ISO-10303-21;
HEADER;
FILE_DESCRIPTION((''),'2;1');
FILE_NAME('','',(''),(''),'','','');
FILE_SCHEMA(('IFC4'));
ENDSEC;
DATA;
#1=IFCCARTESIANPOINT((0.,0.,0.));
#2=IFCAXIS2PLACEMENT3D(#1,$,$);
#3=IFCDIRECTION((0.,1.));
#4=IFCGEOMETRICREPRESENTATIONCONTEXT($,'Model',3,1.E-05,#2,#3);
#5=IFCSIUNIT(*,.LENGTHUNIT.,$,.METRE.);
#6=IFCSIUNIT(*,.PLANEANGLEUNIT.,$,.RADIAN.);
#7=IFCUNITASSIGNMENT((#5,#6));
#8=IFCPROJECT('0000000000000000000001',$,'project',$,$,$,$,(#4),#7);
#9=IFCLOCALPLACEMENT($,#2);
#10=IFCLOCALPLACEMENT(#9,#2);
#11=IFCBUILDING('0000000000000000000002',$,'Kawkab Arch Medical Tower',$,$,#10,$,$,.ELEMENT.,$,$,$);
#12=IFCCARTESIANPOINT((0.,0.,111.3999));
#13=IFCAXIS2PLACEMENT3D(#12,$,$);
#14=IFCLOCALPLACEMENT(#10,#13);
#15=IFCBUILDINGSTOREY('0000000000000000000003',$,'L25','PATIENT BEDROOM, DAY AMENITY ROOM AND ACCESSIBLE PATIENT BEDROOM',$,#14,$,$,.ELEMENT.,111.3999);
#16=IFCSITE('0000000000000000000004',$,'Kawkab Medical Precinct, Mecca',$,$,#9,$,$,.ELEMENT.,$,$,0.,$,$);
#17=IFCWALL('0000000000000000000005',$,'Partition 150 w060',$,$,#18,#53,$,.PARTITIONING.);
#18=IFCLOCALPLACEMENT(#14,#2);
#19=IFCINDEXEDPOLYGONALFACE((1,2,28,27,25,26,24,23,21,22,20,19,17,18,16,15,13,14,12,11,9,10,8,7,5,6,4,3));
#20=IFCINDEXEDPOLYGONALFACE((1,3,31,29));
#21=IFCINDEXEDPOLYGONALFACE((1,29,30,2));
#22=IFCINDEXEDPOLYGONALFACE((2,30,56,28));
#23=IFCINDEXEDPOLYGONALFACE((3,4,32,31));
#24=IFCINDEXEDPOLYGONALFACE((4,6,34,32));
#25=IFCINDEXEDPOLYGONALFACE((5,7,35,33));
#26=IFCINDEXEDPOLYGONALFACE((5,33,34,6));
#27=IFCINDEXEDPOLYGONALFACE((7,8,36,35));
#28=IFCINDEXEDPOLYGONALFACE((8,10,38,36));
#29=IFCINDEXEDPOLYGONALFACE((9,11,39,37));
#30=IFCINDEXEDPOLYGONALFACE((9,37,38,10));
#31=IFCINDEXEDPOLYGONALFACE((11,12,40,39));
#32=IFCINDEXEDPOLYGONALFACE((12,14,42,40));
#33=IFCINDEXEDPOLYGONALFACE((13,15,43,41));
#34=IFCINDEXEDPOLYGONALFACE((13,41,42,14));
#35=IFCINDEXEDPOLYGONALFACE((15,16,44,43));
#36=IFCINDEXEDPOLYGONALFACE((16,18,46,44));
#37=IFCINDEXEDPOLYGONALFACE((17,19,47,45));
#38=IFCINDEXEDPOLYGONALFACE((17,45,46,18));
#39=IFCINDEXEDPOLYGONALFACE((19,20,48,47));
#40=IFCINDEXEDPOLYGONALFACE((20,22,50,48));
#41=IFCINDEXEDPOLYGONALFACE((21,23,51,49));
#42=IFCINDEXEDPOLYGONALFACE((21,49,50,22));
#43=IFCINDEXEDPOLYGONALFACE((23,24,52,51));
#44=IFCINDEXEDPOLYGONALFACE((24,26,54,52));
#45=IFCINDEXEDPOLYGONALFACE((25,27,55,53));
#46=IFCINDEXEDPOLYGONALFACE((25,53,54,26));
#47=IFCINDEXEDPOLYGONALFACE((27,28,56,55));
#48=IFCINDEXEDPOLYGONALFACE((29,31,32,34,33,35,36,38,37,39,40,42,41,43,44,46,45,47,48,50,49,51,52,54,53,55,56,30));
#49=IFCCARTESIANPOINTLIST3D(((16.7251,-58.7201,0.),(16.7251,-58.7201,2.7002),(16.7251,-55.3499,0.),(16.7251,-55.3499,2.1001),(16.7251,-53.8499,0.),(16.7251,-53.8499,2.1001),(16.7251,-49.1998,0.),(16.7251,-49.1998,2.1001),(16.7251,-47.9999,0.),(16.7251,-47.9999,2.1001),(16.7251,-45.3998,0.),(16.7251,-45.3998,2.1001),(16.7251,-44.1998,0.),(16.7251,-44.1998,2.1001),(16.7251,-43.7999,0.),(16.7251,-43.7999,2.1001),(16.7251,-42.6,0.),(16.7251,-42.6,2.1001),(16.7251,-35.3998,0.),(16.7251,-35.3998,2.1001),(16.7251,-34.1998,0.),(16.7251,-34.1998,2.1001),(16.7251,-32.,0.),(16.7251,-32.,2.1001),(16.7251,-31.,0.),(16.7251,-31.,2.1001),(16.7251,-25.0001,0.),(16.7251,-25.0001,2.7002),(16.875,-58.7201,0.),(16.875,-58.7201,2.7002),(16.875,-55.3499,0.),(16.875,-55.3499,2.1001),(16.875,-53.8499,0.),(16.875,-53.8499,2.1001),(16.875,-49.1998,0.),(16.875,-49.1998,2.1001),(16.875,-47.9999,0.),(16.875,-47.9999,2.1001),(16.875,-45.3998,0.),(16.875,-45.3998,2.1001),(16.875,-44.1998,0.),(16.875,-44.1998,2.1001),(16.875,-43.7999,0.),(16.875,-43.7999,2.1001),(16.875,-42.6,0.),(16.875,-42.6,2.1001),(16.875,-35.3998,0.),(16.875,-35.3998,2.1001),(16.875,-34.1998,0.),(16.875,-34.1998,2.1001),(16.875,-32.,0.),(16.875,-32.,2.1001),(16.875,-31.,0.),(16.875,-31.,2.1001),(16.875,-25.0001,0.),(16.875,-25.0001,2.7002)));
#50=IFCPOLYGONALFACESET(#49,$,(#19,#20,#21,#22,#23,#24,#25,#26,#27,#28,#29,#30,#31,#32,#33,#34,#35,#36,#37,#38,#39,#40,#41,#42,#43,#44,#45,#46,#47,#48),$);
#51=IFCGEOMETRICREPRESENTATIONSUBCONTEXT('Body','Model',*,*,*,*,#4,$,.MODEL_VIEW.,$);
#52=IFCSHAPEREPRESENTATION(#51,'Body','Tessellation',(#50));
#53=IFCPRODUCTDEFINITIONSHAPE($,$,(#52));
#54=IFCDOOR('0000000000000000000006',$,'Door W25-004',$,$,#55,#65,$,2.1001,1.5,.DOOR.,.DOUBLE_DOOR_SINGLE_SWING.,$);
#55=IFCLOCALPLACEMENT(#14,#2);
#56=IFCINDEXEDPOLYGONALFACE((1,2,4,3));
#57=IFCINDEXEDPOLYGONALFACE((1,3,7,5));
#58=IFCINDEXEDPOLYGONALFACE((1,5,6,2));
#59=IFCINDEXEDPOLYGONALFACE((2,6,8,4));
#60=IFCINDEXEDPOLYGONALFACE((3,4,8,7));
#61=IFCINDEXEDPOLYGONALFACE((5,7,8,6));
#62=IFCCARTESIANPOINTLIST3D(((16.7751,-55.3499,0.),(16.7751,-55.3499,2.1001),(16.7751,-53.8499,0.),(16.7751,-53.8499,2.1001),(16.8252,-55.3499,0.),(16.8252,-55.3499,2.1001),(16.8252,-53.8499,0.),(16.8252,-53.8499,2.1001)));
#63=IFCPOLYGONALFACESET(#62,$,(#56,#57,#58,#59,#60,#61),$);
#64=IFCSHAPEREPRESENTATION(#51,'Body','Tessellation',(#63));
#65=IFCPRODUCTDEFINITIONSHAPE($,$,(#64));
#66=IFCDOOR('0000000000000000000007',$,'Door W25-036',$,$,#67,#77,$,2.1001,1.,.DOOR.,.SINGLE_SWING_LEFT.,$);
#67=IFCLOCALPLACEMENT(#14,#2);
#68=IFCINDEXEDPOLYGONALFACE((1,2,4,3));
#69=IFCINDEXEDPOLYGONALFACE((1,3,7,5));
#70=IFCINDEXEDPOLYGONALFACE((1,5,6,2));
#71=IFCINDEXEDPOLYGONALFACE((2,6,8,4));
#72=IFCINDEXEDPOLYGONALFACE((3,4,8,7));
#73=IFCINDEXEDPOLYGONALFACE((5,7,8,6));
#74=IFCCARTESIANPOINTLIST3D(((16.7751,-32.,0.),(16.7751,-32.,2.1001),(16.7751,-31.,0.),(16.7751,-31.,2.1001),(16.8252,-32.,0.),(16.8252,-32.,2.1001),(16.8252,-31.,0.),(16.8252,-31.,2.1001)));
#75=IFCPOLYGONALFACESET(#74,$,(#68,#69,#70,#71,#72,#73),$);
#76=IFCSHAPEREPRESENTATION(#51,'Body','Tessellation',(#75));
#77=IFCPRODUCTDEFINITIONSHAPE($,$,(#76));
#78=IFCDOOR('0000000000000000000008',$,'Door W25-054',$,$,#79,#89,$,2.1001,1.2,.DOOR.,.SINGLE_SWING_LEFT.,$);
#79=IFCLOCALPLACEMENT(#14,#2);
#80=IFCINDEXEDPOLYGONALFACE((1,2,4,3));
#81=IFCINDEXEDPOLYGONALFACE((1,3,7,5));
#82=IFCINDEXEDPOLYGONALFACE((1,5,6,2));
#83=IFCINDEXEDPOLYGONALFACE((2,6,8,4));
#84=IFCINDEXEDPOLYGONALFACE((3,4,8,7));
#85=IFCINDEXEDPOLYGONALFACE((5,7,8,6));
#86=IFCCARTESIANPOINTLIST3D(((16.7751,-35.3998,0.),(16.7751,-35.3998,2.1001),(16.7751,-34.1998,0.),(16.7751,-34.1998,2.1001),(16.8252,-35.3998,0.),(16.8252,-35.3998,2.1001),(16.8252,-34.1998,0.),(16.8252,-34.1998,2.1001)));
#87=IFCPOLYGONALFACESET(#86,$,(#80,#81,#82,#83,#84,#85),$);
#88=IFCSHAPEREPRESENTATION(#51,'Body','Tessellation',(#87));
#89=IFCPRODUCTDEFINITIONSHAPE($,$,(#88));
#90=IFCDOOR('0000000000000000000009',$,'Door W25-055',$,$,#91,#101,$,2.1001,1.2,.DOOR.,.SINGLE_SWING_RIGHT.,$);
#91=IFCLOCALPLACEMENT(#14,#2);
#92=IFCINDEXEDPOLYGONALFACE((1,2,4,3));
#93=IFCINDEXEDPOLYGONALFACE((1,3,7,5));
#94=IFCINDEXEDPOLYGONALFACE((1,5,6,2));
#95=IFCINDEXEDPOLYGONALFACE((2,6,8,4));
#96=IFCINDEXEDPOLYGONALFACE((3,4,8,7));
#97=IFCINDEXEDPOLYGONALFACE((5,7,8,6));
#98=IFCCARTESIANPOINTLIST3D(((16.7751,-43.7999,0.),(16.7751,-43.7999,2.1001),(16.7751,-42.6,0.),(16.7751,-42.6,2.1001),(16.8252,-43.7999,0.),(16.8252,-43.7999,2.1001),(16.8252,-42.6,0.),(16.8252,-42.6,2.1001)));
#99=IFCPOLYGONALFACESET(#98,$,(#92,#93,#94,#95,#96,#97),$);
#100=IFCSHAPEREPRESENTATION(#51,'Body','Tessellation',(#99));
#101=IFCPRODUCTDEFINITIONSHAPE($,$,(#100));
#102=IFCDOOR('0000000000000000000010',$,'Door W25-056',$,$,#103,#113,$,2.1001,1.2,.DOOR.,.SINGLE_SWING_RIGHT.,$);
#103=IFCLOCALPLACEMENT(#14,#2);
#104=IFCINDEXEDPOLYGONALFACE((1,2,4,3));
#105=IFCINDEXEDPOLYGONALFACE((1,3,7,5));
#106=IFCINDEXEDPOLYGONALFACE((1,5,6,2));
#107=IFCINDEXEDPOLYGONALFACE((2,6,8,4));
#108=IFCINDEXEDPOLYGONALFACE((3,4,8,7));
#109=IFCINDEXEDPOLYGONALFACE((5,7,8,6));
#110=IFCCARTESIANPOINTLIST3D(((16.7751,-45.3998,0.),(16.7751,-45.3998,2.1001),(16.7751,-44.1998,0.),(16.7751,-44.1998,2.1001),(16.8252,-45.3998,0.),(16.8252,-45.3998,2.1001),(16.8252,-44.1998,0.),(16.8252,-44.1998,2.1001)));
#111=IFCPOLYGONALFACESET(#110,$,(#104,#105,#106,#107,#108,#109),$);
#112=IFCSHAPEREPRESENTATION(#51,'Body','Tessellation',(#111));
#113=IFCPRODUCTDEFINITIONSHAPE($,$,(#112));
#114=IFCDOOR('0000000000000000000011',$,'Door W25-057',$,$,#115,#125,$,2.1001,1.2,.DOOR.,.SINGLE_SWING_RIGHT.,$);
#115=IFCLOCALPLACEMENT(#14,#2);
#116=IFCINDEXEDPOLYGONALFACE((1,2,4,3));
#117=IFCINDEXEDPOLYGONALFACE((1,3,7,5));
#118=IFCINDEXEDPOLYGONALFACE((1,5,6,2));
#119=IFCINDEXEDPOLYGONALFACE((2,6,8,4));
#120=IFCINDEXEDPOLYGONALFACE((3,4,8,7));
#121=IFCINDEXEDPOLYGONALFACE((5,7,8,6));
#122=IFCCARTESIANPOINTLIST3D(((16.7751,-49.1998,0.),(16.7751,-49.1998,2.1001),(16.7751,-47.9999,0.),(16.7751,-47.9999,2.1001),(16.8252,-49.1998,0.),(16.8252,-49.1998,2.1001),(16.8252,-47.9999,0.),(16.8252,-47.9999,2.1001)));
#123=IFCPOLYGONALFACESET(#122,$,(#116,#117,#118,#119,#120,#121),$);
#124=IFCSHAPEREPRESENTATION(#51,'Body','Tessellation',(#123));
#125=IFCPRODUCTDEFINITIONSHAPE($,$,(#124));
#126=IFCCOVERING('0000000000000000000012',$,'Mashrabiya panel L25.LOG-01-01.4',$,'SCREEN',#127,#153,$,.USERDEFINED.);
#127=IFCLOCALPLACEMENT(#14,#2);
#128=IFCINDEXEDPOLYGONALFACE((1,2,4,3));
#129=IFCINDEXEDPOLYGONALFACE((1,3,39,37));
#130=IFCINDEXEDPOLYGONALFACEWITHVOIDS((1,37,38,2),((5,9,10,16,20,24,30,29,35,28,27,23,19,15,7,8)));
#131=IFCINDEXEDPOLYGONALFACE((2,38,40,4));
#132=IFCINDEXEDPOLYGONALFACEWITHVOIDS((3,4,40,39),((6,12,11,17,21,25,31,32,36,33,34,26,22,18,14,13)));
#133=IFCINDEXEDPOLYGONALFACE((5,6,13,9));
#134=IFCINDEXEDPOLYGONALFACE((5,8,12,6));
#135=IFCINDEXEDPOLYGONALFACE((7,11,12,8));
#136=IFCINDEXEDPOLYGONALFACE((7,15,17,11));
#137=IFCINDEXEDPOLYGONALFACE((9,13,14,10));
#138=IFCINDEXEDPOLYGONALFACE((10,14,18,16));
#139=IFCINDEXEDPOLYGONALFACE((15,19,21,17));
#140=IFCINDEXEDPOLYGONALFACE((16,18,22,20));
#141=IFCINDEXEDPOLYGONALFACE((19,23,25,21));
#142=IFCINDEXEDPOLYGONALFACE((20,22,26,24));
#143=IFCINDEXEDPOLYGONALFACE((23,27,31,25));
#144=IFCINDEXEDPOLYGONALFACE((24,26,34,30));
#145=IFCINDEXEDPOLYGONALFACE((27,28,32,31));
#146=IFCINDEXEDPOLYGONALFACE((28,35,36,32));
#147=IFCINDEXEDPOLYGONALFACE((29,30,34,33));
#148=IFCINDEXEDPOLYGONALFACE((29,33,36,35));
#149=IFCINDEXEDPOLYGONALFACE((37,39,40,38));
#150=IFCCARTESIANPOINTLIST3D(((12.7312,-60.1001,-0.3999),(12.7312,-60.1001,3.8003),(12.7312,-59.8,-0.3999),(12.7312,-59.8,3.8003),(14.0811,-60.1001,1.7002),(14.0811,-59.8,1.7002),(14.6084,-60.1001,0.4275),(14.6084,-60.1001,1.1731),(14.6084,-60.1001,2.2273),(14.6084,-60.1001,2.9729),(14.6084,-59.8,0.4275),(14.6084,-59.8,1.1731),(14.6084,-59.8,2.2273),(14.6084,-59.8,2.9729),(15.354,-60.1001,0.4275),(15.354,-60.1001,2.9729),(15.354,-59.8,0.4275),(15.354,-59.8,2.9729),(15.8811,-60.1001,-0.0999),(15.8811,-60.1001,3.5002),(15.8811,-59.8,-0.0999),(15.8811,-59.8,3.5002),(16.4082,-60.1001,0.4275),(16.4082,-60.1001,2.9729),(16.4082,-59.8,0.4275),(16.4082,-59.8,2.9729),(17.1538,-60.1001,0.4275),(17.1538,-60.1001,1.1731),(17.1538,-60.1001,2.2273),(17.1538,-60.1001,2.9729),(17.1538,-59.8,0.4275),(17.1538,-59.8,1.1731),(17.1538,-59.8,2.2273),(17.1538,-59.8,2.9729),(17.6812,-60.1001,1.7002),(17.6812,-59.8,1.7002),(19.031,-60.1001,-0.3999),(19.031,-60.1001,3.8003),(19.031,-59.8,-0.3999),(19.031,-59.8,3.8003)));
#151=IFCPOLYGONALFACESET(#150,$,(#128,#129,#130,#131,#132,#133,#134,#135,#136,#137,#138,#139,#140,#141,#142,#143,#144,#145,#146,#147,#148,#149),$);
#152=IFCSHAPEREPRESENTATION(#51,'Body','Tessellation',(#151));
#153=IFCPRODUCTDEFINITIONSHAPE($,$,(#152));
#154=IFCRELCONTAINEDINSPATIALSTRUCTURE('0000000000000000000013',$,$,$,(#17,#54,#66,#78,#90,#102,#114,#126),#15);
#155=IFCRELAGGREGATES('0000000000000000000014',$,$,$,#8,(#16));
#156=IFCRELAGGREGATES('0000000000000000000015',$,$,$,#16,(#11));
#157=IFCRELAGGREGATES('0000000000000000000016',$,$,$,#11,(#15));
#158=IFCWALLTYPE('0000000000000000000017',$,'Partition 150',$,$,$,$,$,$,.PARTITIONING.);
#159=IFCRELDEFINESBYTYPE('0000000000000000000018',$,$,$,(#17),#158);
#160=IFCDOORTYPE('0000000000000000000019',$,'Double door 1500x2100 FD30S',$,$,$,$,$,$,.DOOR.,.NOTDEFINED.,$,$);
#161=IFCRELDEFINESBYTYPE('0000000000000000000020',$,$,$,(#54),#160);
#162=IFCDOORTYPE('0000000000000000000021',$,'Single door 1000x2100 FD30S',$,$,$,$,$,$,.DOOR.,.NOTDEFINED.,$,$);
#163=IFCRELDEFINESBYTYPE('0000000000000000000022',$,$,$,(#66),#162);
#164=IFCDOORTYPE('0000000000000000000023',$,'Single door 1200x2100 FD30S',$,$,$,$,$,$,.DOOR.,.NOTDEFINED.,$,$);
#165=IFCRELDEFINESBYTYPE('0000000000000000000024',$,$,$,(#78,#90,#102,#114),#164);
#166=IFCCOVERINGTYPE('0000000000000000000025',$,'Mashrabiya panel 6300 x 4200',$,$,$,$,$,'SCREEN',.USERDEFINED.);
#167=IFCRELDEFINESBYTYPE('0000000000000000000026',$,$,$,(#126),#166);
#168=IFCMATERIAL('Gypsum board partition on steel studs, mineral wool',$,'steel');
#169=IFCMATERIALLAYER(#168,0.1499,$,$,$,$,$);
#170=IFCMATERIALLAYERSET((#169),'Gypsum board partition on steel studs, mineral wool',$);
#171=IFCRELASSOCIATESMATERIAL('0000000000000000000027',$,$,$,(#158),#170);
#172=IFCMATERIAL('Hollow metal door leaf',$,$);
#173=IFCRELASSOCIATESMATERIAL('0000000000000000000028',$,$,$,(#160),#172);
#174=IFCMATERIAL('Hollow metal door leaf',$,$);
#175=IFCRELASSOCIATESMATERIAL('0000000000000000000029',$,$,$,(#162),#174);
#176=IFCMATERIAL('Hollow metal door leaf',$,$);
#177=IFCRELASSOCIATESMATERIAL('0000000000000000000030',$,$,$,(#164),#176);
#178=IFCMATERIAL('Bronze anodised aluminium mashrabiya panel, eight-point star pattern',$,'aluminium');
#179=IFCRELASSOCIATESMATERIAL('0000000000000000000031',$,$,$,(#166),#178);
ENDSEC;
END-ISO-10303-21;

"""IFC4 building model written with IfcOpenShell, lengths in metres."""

from ifc_helpers import new_model, si_unit, direction, frame, frame_2d, origin, place, context, subcontext, project, spatial, polyline, rectangle, outline, extrude, material, layer, layer_set, material_profile, profile_set, type_object, element, fill, save


model = new_model("IFC4")

# Units and contexts
model_context = context("Model", 3, precision=1e-05, world=origin(), true_north=direction((0.0, 1.0)))
body_context = subcontext(model_context, "Body", "Model", "MODEL_VIEW")
ifc_project = project(units=[si_unit("LENGTHUNIT", "METRE"), si_unit("PLANEANGLEUNIT", "RADIAN")], contexts=[model_context])

# Site, building, storey
site_placement = place(None, origin())
site = spatial("IfcSite", under=ifc_project, at=site_placement, Name="Kawkab Medical Precinct, Mecca", CompositionType="ELEMENT", RefElevation=0.0)
building_placement = place(site_placement, origin())
building = spatial("IfcBuilding", under=site, at=building_placement, Name="Kawkab Arch Medical Tower", CompositionType="ELEMENT")
storey_placement = place(building_placement, frame((0.0, 0.0, 111.3999)))
storey = spatial("IfcBuildingStorey", under=building, at=storey_placement, Name="L25", Description="PATIENT BEDROOM, DAY AMENITY ROOM AND ACCESSIBLE PATIENT BEDROOM", CompositionType="ELEMENT", Elevation=111.3999)

# Shared definitions
ifc_material_1 = material(Name="Gypsum board partition on steel studs, mineral wool", Category="steel")
ifc_layer_1 = layer(ifc_material_1, 0.1499)
ifc_layer_set_1 = layer_set([ifc_layer_1], Name="Gypsum board partition on steel studs, mineral wool")
wall_type = type_object("IfcWallType", Name="Partition 150", PredefinedType="PARTITIONING", material=ifc_layer_set_1)

# Wall, openings, doors
wall_1_placement = place(storey_placement, frame((16.8, -58.72, 0.0), z_axis=(0.0, 0.0, 1.0), x_axis=(0.0, 1.0, 0.0)))
wall_1 = element("IfcWall", 1, at=wall_1_placement, inside=storey, type_object=wall_type, Name="Partition 150 w060", PredefinedType="PARTITIONING", context=body_context, shape_type="SweptSolid", body=[
    extrude(rectangle(XDim=33.72, YDim=0.1499, at=frame_2d((16.8599, 0.0))), origin(), (0.0, 0.0, 1.0), 2.7002),
])
opening_1_placement = place(wall_1_placement, frame((26.72, 0.0, 0.0)))
opening_1 = element("IfcOpeningElement", 2, at=opening_1_placement, cuts=wall_1, PredefinedType="OPENING", context=body_context, shape_type="SweptSolid", body=[
    extrude(rectangle(XDim=1.0, YDim=2.1001, at=frame_2d((0.5, 1.05))), frame((0.0, 0.085, 0.0), z_axis=(0.0, -1.0, 0.0), x_axis=(1.0, 0.0, 0.0)), (0.0, 0.0, 1.0), 0.1699),
])
opening_2_placement = place(wall_1_placement, frame((23.3201, 0.0, 0.0)))
opening_2 = element("IfcOpeningElement", 3, at=opening_2_placement, cuts=wall_1, PredefinedType="OPENING", context=body_context, shape_type="SweptSolid", body=[
    extrude(rectangle(XDim=1.2, YDim=2.1001, at=frame_2d((0.6001, 1.05))), frame((0.0, 0.085, 0.0), z_axis=(0.0, -1.0, 0.0), x_axis=(1.0, 0.0, 0.0)), (0.0, 0.0, 1.0), 0.1699),
])
opening_3_placement = place(wall_1_placement, frame((14.9199, 0.0, 0.0)))
opening_3 = element("IfcOpeningElement", 4, at=opening_3_placement, cuts=wall_1, PredefinedType="OPENING", context=body_context, shape_type="SweptSolid", body=[
    extrude(rectangle(XDim=1.2, YDim=2.1001, at=frame_2d((0.6001, 1.05))), frame((0.0, 0.085, 0.0), z_axis=(0.0, -1.0, 0.0), x_axis=(1.0, 0.0, 0.0)), (0.0, 0.0, 1.0), 0.1699),
])
opening_4_placement = place(wall_1_placement, frame((13.3201, 0.0, 0.0)))
opening_4 = element("IfcOpeningElement", 5, at=opening_4_placement, cuts=wall_1, PredefinedType="OPENING", context=body_context, shape_type="SweptSolid", body=[
    extrude(rectangle(XDim=1.2, YDim=2.1001, at=frame_2d((0.6001, 1.05))), frame((0.0, 0.085, 0.0), z_axis=(0.0, -1.0, 0.0), x_axis=(1.0, 0.0, 0.0)), (0.0, 0.0, 1.0), 0.1699),
])
opening_5_placement = place(wall_1_placement, frame((9.52, 0.0, 0.0)))
opening_5 = element("IfcOpeningElement", 6, at=opening_5_placement, cuts=wall_1, PredefinedType="OPENING", context=body_context, shape_type="SweptSolid", body=[
    extrude(rectangle(XDim=1.2, YDim=2.1001, at=frame_2d((0.6001, 1.05))), frame((0.0, 0.085, 0.0), z_axis=(0.0, -1.0, 0.0), x_axis=(1.0, 0.0, 0.0)), (0.0, 0.0, 1.0), 0.1699),
])
opening_6_placement = place(wall_1_placement, frame((3.3701, 0.0, 0.0)))
opening_6 = element("IfcOpeningElement", 7, at=opening_6_placement, cuts=wall_1, PredefinedType="OPENING", context=body_context, shape_type="SweptSolid", body=[
    extrude(rectangle(XDim=1.5, YDim=2.1001, at=frame_2d((0.75, 1.05))), frame((0.0, 0.085, 0.0), z_axis=(0.0, -1.0, 0.0), x_axis=(1.0, 0.0, 0.0)), (0.0, 0.0, 1.0), 0.1699),
])
ifc_material_2 = material(Name="Hollow metal door leaf")
door_type_1 = type_object("IfcDoorType", Name="Double door 1500x2100 FD30S", OperationType="NOTDEFINED", PredefinedType="DOOR", material=ifc_material_2)
door_1_placement = place(opening_6_placement, origin())
door_1 = element("IfcDoor", 8, at=door_1_placement, inside=storey, type_object=door_type_1, Name="Door W25-004", OperationType="DOUBLE_DOOR_SINGLE_SWING", OverallHeight=2.1001, OverallWidth=1.5, PredefinedType="DOOR", context=body_context, shape_type="SweptSolid", body=[
    extrude(rectangle(XDim=1.5, YDim=2.1001, at=frame_2d((0.75, 1.05))), frame((0.0, 0.0249, 0.0), z_axis=(0.0, -1.0, 0.0), x_axis=(1.0, 0.0, 0.0)), (0.0, 0.0, 1.0), 0.05),
])
fill(opening_6, door_1)
ifc_material_3 = material(Name="Hollow metal door leaf")
door_type_2 = type_object("IfcDoorType", Name="Single door 1000x2100 FD30S", OperationType="NOTDEFINED", PredefinedType="DOOR", material=ifc_material_3)
door_2_placement = place(opening_1_placement, origin())
door_2 = element("IfcDoor", 9, at=door_2_placement, inside=storey, type_object=door_type_2, Name="Door W25-036", OperationType="SINGLE_SWING_LEFT", OverallHeight=2.1001, OverallWidth=1.0, PredefinedType="DOOR", context=body_context, shape_type="SweptSolid", body=[
    extrude(rectangle(XDim=1.0, YDim=2.1001, at=frame_2d((0.5, 1.05))), frame((0.0, 0.0249, 0.0), z_axis=(0.0, -1.0, 0.0), x_axis=(1.0, 0.0, 0.0)), (0.0, 0.0, 1.0), 0.05),
])
fill(opening_1, door_2)
ifc_material_4 = material(Name="Hollow metal door leaf")
door_type_3 = type_object("IfcDoorType", Name="Single door 1200x2100 FD30S", OperationType="NOTDEFINED", PredefinedType="DOOR", material=ifc_material_4)
door_3_placement = place(opening_2_placement, origin())
door_3 = element("IfcDoor", 10, at=door_3_placement, inside=storey, type_object=door_type_3, Name="Door W25-054", OperationType="SINGLE_SWING_LEFT", OverallHeight=2.1001, OverallWidth=1.2, PredefinedType="DOOR", context=body_context, shape_type="SweptSolid", body=[
    extrude(rectangle(XDim=1.2, YDim=2.1001, at=frame_2d((0.6001, 1.05))), frame((0.0, 0.0249, 0.0), z_axis=(0.0, -1.0, 0.0), x_axis=(1.0, 0.0, 0.0)), (0.0, 0.0, 1.0), 0.05),
])
fill(opening_2, door_3)
door_4_placement = place(opening_3_placement, origin())
door_4 = element("IfcDoor", 11, at=door_4_placement, inside=storey, type_object=door_type_3, Name="Door W25-055", OperationType="SINGLE_SWING_RIGHT", OverallHeight=2.1001, OverallWidth=1.2, PredefinedType="DOOR", context=body_context, shape_type="SweptSolid", body=[
    extrude(rectangle(XDim=1.2, YDim=2.1001, at=frame_2d((0.6001, 1.05))), frame((0.0, 0.0249, 0.0), z_axis=(0.0, -1.0, 0.0), x_axis=(1.0, 0.0, 0.0)), (0.0, 0.0, 1.0), 0.05),
])
fill(opening_3, door_4)
door_5_placement = place(opening_4_placement, origin())
door_5 = element("IfcDoor", 12, at=door_5_placement, inside=storey, type_object=door_type_3, Name="Door W25-056", OperationType="SINGLE_SWING_RIGHT", OverallHeight=2.1001, OverallWidth=1.2, PredefinedType="DOOR", context=body_context, shape_type="SweptSolid", body=[
    extrude(rectangle(XDim=1.2, YDim=2.1001, at=frame_2d((0.6001, 1.05))), frame((0.0, 0.0249, 0.0), z_axis=(0.0, -1.0, 0.0), x_axis=(1.0, 0.0, 0.0)), (0.0, 0.0, 1.0), 0.05),
])
fill(opening_4, door_5)
door_6_placement = place(opening_5_placement, origin())
door_6 = element("IfcDoor", 13, at=door_6_placement, inside=storey, type_object=door_type_3, Name="Door W25-057", OperationType="SINGLE_SWING_RIGHT", OverallHeight=2.1001, OverallWidth=1.2, PredefinedType="DOOR", context=body_context, shape_type="SweptSolid", body=[
    extrude(rectangle(XDim=1.2, YDim=2.1001, at=frame_2d((0.6001, 1.05))), frame((0.0, 0.0249, 0.0), z_axis=(0.0, -1.0, 0.0), x_axis=(1.0, 0.0, 0.0)), (0.0, 0.0, 1.0), 0.05),
])
fill(opening_5, door_6)

# Covering
ifc_material_5 = material(Name="Bronze anodised aluminium mashrabiya panel, eight-point star pattern", Category="aluminium")
ifc_material_profile_1 = material_profile(ifc_material_5, outline(polyline([(-3.1499, -2.1001), (3.1499, -2.1001), (3.1499, 2.1001), (-3.1499, 2.1001), (-3.1499, -2.1001)]), holes=[polyline([(1.8, 0.0), (1.2727, 0.5271), (1.2727, 1.2727), (0.5271, 1.2727), (0.0, 1.8), (-0.5271, 1.2727), (-1.2727, 1.2727), (-1.2727, 0.5271), (-1.8, 0.0), (-1.2727, -0.5271), (-1.2727, -1.2727), (-0.5271, -1.2727), (0.0, -1.8), (0.5271, -1.2727), (1.2727, -1.2727), (1.2727, -0.5271), (1.8, 0.0)])]), Name="Mashrabiya panel 6300x4200")
ifc_profile_set_1 = profile_set([ifc_material_profile_1], Name="Bronze anodised aluminium mashrabiya panel, eight-point star pattern")
covering_type = type_object("IfcCoveringType", Name="Mashrabiya panel 6300 x 4200", ElementType="SCREEN", PredefinedType="USERDEFINED", material=ifc_profile_set_1)
covering_placement = place(storey_placement, frame((15.8811, -59.8, 1.7002), z_axis=(0.0, -1.0, 0.0), x_axis=(1.0, 0.0, 0.0)))
element("IfcCovering", 14, at=covering_placement, inside=storey, type_object=covering_type, Name="Mashrabiya panel L25.LOG-01-01.4", ObjectType="SCREEN", PredefinedType="USERDEFINED", context=body_context, shape_type="SweptSolid", body=[
    extrude(outline(polyline([(-3.1499, -2.1001), (3.1499, -2.1001), (3.1499, 2.1001), (-3.1499, 2.1001), (-3.1499, -2.1001)]), holes=[polyline([(1.8, 0.0), (1.2727, 0.5271), (1.2727, 1.2727), (0.5271, 1.2727), (0.0, 1.8), (-0.5271, 1.2727), (-1.2727, 1.2727), (-1.2727, 0.5271), (-1.8, 0.0), (-1.2727, -0.5271), (-1.2727, -1.2727), (-0.5271, -1.2727), (0.0, -1.8), (0.5271, -1.2727), (1.2727, -1.2727), (1.2727, -0.5271), (1.8, 0.0)])]), origin(), (0.0, 0.0, 1.0), 0.3),
])

save(model, "model.ifc")
